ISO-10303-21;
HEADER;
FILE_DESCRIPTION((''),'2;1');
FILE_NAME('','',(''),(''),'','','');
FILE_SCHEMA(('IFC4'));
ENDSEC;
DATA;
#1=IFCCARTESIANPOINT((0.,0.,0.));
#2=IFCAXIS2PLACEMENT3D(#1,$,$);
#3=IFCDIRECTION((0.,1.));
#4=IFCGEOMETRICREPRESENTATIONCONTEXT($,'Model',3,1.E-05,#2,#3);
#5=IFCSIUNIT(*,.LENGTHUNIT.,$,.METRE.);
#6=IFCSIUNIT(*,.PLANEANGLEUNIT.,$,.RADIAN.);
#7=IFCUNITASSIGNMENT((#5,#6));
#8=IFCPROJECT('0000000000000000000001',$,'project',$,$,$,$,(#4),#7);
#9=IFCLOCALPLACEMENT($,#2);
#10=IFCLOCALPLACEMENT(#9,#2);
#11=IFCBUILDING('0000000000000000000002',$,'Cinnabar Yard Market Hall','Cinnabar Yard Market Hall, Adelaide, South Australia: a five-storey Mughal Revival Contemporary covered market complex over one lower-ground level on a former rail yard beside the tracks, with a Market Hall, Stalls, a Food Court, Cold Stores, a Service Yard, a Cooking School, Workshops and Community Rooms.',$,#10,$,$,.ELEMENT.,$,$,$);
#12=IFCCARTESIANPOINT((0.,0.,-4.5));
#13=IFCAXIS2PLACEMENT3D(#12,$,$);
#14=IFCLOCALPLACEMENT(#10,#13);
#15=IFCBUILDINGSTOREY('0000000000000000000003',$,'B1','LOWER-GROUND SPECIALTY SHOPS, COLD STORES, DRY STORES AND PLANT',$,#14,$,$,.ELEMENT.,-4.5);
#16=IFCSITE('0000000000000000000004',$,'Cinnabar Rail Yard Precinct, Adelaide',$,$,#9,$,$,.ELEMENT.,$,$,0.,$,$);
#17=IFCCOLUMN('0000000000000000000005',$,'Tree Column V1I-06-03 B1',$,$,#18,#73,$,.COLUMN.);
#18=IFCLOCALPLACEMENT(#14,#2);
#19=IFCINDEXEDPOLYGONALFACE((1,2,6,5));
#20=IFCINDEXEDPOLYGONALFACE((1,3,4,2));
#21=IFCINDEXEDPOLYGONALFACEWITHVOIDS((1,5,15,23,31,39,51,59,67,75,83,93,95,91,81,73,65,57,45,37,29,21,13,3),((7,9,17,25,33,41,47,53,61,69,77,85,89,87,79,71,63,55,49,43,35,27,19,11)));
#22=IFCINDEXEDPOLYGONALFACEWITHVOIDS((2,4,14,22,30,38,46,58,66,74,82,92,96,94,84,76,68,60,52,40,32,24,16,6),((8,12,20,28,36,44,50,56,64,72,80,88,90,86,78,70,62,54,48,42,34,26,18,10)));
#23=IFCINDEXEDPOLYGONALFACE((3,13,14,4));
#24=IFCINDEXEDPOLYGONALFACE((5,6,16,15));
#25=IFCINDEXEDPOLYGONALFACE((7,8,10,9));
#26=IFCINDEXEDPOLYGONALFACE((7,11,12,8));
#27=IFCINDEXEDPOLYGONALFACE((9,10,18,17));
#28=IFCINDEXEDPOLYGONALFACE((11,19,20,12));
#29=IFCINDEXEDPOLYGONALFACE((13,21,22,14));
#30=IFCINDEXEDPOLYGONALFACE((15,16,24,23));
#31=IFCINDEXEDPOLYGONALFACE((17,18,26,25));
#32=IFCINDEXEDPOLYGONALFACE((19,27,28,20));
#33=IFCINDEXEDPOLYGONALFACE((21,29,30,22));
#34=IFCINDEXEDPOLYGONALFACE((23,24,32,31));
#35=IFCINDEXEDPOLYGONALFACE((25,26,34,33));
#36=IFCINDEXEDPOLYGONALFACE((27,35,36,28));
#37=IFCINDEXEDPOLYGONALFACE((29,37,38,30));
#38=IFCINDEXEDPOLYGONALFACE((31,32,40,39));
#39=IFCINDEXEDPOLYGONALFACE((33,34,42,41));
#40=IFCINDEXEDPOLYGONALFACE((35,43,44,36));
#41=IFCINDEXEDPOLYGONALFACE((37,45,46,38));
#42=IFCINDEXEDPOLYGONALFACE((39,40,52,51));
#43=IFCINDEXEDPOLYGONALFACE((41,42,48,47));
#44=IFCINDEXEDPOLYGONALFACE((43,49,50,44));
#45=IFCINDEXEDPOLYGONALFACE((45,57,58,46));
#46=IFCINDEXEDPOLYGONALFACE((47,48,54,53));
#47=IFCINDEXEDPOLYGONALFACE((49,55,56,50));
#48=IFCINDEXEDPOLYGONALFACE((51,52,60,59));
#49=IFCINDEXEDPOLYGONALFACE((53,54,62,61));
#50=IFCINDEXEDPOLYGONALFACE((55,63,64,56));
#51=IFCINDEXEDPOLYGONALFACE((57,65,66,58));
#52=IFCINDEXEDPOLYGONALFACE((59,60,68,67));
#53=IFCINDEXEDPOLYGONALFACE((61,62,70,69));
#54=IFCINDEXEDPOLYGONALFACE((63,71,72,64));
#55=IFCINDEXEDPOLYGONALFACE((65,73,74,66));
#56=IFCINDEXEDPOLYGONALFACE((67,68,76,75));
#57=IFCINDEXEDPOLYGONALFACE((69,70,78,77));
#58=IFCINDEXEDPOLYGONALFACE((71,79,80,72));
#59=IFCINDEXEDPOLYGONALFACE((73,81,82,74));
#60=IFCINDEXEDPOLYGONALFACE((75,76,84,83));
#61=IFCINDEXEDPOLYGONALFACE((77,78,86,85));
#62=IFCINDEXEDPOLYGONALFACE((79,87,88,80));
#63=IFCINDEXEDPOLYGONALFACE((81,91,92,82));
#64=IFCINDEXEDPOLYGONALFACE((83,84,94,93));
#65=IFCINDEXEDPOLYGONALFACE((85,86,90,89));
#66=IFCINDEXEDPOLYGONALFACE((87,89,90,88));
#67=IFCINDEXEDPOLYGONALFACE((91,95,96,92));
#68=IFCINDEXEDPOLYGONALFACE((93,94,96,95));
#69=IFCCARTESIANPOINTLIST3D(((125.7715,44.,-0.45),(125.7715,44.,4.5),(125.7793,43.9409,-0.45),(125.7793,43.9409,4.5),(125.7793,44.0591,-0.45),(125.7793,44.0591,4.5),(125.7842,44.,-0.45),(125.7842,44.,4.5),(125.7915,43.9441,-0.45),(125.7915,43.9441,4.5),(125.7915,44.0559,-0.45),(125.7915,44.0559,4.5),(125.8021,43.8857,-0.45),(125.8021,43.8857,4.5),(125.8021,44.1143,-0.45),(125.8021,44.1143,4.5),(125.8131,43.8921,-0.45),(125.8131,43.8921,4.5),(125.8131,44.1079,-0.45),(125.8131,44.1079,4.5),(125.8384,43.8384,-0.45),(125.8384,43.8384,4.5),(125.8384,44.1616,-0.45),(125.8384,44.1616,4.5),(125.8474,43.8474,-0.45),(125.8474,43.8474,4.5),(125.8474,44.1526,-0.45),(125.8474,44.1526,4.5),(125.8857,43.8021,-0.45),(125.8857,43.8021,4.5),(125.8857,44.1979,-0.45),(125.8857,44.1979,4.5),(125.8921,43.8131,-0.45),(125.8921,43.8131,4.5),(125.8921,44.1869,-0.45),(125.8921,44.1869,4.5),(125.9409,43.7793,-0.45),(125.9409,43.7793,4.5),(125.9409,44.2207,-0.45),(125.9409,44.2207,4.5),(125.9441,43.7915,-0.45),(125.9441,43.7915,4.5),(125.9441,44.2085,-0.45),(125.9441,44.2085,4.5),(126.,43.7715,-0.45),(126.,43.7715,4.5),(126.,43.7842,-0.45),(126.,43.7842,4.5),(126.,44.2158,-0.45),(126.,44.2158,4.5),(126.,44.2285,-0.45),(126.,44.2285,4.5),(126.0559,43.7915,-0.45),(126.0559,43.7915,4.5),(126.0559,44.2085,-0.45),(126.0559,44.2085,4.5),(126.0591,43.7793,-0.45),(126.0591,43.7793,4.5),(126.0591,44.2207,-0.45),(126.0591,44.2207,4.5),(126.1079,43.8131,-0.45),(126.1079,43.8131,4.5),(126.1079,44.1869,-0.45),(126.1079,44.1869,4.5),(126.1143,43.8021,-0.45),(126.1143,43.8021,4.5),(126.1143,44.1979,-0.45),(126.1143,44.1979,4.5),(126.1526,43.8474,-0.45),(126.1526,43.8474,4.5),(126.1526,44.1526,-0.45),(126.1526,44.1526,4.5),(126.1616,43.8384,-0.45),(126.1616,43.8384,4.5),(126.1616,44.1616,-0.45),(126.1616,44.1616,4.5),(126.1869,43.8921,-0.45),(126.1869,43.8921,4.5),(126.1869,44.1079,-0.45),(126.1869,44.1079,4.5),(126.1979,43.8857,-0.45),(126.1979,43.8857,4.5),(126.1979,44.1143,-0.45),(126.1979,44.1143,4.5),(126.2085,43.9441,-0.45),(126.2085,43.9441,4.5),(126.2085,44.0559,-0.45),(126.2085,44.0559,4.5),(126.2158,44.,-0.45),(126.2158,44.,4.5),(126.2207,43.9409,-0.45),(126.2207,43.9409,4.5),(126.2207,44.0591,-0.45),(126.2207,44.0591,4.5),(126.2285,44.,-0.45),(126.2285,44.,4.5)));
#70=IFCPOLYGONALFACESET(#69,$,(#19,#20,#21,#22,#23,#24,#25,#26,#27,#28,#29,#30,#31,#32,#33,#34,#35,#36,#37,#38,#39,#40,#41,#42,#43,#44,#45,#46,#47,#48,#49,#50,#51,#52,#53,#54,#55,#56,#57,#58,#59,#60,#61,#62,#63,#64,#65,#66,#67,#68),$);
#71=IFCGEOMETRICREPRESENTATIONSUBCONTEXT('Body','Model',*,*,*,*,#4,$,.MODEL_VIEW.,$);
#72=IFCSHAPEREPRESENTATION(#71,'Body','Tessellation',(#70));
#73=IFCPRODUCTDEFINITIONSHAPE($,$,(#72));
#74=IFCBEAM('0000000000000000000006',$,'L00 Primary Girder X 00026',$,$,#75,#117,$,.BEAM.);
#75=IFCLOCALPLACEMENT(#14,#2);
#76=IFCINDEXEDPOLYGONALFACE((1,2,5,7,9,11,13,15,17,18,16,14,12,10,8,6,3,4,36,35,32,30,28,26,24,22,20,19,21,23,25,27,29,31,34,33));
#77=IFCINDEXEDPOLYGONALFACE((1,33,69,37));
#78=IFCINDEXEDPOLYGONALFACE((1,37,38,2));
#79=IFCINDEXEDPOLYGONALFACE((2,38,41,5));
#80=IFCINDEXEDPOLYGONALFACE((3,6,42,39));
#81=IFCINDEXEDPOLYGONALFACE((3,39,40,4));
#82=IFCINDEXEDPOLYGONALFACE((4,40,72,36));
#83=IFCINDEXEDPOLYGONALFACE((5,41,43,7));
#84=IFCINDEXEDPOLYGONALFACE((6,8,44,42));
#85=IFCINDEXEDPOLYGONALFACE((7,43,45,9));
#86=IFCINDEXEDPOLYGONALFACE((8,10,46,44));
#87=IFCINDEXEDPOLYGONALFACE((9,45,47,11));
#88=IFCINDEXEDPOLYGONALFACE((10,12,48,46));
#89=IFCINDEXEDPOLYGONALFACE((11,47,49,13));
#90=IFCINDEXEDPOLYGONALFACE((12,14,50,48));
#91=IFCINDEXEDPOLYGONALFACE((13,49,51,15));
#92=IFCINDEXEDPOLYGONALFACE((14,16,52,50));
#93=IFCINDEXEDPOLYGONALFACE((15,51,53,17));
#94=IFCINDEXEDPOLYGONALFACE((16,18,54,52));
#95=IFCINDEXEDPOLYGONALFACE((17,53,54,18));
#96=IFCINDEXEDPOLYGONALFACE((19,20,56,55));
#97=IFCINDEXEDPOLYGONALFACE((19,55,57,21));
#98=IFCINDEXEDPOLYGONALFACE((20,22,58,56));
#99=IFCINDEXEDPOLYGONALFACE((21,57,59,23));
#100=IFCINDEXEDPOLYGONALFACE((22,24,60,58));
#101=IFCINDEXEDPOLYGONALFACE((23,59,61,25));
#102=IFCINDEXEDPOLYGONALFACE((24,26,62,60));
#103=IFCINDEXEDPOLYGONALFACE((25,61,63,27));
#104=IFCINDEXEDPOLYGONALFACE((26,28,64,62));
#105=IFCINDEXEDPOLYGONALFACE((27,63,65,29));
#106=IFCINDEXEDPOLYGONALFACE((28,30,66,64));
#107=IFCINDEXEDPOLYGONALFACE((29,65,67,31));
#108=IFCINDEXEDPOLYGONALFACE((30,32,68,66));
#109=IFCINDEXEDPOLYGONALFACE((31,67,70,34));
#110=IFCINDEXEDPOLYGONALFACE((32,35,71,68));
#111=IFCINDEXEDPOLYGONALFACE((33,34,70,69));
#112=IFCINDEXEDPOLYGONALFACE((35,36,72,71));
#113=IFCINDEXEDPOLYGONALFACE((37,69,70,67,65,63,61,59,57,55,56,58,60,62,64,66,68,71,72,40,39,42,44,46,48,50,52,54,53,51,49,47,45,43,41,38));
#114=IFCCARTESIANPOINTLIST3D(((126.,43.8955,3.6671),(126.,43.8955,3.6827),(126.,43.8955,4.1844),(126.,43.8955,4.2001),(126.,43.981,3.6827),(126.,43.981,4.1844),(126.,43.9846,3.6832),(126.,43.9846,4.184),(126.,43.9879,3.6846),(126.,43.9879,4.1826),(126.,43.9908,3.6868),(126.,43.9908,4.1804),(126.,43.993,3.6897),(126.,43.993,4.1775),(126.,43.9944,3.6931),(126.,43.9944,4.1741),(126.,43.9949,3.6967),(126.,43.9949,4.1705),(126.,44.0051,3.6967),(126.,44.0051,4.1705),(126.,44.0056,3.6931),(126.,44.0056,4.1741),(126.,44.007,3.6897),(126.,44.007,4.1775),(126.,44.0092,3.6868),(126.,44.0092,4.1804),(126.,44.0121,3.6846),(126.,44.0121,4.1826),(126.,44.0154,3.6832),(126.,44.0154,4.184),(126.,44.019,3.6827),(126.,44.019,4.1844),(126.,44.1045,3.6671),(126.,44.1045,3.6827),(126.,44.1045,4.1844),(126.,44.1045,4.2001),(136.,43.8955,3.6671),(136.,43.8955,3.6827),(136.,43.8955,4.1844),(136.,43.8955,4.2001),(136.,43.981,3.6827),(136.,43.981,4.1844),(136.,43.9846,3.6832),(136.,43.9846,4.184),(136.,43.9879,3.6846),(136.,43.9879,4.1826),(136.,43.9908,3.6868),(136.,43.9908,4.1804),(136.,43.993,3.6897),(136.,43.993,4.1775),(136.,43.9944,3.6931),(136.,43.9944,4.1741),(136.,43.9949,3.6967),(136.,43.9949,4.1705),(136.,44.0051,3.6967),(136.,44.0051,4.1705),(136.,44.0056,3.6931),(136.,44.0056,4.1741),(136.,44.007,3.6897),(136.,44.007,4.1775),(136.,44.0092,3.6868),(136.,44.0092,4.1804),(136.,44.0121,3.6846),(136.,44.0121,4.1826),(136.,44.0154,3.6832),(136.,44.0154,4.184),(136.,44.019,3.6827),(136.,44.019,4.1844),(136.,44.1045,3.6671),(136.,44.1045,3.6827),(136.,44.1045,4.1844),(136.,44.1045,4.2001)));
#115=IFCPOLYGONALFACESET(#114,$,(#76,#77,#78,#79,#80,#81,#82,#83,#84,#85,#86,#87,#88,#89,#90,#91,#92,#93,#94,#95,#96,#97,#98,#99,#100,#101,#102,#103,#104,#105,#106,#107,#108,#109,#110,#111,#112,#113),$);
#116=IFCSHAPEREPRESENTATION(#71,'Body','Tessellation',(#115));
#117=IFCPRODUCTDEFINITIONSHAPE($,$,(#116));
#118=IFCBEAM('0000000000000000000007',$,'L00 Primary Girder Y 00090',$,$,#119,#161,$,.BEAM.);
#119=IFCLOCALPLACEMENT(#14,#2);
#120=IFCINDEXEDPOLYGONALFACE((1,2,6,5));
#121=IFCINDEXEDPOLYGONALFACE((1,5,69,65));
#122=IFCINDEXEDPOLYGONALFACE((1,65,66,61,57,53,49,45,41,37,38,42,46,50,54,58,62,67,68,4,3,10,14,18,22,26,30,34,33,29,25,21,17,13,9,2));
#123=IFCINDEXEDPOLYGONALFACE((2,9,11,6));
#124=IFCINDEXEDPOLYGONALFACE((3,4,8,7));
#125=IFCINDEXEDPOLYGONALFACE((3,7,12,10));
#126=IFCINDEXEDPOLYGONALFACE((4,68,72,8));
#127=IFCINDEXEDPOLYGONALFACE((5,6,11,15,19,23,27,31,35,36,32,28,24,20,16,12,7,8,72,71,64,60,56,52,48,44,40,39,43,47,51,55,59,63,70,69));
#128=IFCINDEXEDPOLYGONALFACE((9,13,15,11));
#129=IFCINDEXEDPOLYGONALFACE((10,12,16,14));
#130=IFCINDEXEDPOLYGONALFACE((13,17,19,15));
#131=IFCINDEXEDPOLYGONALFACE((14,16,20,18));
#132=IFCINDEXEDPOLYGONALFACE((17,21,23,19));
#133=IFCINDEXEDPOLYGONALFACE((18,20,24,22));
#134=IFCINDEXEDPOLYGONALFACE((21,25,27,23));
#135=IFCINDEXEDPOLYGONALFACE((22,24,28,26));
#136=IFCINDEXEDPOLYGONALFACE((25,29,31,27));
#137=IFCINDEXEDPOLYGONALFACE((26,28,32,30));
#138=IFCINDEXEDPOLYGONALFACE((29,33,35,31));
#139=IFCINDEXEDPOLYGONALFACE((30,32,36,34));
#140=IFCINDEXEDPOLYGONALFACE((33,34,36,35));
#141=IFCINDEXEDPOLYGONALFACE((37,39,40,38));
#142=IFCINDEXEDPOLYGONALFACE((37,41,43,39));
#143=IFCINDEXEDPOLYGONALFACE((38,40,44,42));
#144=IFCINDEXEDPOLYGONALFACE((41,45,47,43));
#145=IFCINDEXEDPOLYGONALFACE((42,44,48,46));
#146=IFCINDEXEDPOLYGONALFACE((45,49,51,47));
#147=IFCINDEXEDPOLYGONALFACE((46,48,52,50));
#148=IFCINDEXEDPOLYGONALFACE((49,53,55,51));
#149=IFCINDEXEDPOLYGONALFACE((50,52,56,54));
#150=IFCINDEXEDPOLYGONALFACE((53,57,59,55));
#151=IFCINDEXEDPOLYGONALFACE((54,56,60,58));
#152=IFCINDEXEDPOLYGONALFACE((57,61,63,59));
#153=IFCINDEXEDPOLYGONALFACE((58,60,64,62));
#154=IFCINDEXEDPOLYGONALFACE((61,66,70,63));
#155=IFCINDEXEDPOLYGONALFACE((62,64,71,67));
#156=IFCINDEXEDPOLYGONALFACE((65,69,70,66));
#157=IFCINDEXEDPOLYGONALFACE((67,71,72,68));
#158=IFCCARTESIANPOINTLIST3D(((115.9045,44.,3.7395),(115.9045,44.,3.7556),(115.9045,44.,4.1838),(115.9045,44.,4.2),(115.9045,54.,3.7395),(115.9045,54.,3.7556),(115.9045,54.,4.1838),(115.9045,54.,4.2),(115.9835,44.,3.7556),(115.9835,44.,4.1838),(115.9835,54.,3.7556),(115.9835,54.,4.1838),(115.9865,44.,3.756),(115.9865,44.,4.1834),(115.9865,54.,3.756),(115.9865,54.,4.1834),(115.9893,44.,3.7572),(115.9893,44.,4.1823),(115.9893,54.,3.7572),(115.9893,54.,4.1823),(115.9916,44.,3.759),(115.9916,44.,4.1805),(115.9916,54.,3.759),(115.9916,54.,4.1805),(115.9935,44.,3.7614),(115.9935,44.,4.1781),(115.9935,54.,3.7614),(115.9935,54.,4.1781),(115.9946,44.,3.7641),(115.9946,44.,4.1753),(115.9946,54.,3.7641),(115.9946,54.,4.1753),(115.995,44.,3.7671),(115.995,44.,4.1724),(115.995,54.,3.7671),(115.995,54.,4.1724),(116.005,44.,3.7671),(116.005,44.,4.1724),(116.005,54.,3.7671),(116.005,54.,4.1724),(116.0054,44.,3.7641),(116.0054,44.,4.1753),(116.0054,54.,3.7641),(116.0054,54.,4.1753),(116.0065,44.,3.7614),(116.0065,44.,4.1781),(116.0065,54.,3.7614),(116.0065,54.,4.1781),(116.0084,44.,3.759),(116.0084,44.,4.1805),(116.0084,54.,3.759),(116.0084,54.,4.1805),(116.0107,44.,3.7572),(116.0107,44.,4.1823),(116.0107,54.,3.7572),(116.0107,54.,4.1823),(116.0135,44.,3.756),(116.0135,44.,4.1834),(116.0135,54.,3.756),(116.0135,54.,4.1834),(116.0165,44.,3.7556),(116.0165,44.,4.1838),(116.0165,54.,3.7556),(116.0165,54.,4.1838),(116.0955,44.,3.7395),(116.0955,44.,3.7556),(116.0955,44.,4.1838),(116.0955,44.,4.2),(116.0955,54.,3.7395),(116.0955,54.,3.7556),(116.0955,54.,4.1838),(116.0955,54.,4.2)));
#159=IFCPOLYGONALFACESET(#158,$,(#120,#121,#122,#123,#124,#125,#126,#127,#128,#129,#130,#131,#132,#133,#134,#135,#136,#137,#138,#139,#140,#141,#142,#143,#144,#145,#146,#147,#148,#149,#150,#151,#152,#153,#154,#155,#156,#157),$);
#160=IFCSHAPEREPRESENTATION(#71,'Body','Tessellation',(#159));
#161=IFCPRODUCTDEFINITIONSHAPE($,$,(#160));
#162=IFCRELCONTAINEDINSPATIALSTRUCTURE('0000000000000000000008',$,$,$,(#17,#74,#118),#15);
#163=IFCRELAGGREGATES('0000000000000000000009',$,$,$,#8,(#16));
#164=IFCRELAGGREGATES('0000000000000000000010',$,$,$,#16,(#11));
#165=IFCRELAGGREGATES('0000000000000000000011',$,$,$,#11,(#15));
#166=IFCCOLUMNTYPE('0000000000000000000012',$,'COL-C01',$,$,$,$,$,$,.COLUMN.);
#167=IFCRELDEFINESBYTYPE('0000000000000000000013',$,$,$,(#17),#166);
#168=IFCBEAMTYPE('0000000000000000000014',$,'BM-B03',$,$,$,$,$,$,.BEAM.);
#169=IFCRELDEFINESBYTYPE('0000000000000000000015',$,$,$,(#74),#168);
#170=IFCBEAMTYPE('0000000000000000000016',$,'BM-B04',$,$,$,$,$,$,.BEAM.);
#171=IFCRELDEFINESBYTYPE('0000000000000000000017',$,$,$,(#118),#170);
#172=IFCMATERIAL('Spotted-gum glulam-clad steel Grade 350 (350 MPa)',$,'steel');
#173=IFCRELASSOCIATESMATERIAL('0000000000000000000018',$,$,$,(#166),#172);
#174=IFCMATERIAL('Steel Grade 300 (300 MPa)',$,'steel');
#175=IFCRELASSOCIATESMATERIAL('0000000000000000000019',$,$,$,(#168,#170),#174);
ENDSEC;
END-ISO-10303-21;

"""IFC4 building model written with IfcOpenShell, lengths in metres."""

from ifc_helpers import new_model, si_unit, direction, frame, origin, origin_2d_with_axis, place, context, subcontext, project, spatial, hollow_circle, i_section, extrude, material, material_profile, profile_set, type_object, element, save


model = new_model("IFC4")

# Units and contexts
model_context = context("Model", 3, precision=1e-05, world=origin(), true_north=direction((0.0, 1.0)))
body_context = subcontext(model_context, "Body", "Model", "MODEL_VIEW")
ifc_project = project(units=[si_unit("LENGTHUNIT", "METRE"), si_unit("PLANEANGLEUNIT", "RADIAN")], contexts=[model_context])

# Site, building, storey
site_placement = place(None, origin())
site = spatial("IfcSite", under=ifc_project, at=site_placement, Name="Cinnabar Rail Yard Precinct, Adelaide", CompositionType="ELEMENT", RefElevation=0.0)
building_placement = place(site_placement, origin())
building = spatial("IfcBuilding", under=site, at=building_placement, Name="Cinnabar Yard Market Hall", Description="Cinnabar Yard Market Hall, Adelaide, South Australia: a five-storey Mughal Revival Contemporary covered market complex over one lower-ground level on a former rail yard beside the tracks, with a Market Hall, Stalls, a Food Court, Cold Stores, a Service Yard, a Cooking School, Workshops and Community Rooms.", CompositionType="ELEMENT")
storey_placement = place(building_placement, frame((0.0, 0.0, -4.5)))
storey = spatial("IfcBuildingStorey", under=building, at=storey_placement, Name="B1", Description="LOWER-GROUND SPECIALTY SHOPS, COLD STORES, DRY STORES AND PLANT", CompositionType="ELEMENT", Elevation=-4.5)

# Column
ifc_material_1 = material(Name="Spotted-gum glulam-clad steel Grade 350 (350 MPa)", Category="steel")
ifc_material_profile_1 = material_profile(ifc_material_1, hollow_circle(Radius=0.2285, WallThickness=0.0127, at=origin_2d_with_axis()), Name="457.0x12.7CHS")
ifc_profile_set_1 = profile_set([ifc_material_profile_1], Name="Spotted-gum glulam-clad steel Grade 350 (350 MPa)")
column_type = type_object("IfcColumnType", Name="COL-C01", PredefinedType="COLUMN", material=ifc_profile_set_1)
for number, where, z_axis, x_axis, name in (
    (1, (126.0, 44.0, -0.45), (0.0, 0.0, 1.0), (1.0, 0.0, 0.0), "Tree Column V1I-06-03 B1"),
):
    element("IfcColumn", number, at=place(storey_placement, frame(where, z_axis=z_axis, x_axis=x_axis)), inside=storey, type_object=column_type, Name=name, PredefinedType="COLUMN", context=body_context, shape_type="SweptSolid", body=[
        extrude(hollow_circle(Radius=0.2285, WallThickness=0.0127, at=origin_2d_with_axis()), origin(), (0.0, 0.0, 1.0), 4.95),
    ])

# Beams
ifc_material_2 = material(Name="Steel Grade 300 (300 MPa)", Category="steel")
ifc_material_profile_2 = material_profile(ifc_material_2, i_section(OverallWidth=0.209, OverallDepth=0.533, WebThickness=0.0103, FlangeThickness=0.0156, FilletRadius=0.0139, at=origin_2d_with_axis()), Name="530UB92.4")
ifc_profile_set_2 = profile_set([ifc_material_profile_2], Name="Steel Grade 300 (300 MPa)")
beam_type_1 = type_object("IfcBeamType", Name="BM-B03", PredefinedType="BEAM", material=ifc_profile_set_2)
beam_1_placement = place(storey_placement, frame((126.0, 44.0, 3.9336), z_axis=(1.0, 0.0, 0.0), x_axis=(0.0, 1.0, 0.0)))
element("IfcBeam", 2, at=beam_1_placement, inside=storey, type_object=beam_type_1, Name="L00 Primary Girder X 00026", PredefinedType="BEAM", context=body_context, shape_type="SweptSolid", body=[
    extrude(i_section(OverallWidth=0.209, OverallDepth=0.533, WebThickness=0.0103, FlangeThickness=0.0156, FilletRadius=0.0139, at=origin_2d_with_axis()), origin(), (0.0, 0.0, 1.0), 10.0),
])
ifc_material_profile_3 = material_profile(ifc_material_2, i_section(OverallWidth=0.1909, OverallDepth=0.4604, WebThickness=0.01, FlangeThickness=0.0161, FilletRadius=0.0115, at=origin_2d_with_axis()), Name="460UB82.1")
ifc_profile_set_3 = profile_set([ifc_material_profile_3], Name="Steel Grade 300 (300 MPa)")
beam_type_2 = type_object("IfcBeamType", Name="BM-B04", PredefinedType="BEAM", material=ifc_profile_set_3)
for number, where, z_axis, x_axis, name in (
    (3, (116.0, 44.0, 3.9697), (0.0, 1.0, 0.0), (-1.0, 0.0, 0.0), "L00 Primary Girder Y 00090"),
):
    element("IfcBeam", number, at=place(storey_placement, frame(where, z_axis=z_axis, x_axis=x_axis)), inside=storey, type_object=beam_type_2, Name=name, PredefinedType="BEAM", context=body_context, shape_type="SweptSolid", body=[
        extrude(i_section(OverallWidth=0.1909, OverallDepth=0.4604, WebThickness=0.01, FlangeThickness=0.0161, FilletRadius=0.0115, at=origin_2d_with_axis()), origin(), (0.0, 0.0, 1.0), 10.0),
    ])

save(model, "model.ifc")
